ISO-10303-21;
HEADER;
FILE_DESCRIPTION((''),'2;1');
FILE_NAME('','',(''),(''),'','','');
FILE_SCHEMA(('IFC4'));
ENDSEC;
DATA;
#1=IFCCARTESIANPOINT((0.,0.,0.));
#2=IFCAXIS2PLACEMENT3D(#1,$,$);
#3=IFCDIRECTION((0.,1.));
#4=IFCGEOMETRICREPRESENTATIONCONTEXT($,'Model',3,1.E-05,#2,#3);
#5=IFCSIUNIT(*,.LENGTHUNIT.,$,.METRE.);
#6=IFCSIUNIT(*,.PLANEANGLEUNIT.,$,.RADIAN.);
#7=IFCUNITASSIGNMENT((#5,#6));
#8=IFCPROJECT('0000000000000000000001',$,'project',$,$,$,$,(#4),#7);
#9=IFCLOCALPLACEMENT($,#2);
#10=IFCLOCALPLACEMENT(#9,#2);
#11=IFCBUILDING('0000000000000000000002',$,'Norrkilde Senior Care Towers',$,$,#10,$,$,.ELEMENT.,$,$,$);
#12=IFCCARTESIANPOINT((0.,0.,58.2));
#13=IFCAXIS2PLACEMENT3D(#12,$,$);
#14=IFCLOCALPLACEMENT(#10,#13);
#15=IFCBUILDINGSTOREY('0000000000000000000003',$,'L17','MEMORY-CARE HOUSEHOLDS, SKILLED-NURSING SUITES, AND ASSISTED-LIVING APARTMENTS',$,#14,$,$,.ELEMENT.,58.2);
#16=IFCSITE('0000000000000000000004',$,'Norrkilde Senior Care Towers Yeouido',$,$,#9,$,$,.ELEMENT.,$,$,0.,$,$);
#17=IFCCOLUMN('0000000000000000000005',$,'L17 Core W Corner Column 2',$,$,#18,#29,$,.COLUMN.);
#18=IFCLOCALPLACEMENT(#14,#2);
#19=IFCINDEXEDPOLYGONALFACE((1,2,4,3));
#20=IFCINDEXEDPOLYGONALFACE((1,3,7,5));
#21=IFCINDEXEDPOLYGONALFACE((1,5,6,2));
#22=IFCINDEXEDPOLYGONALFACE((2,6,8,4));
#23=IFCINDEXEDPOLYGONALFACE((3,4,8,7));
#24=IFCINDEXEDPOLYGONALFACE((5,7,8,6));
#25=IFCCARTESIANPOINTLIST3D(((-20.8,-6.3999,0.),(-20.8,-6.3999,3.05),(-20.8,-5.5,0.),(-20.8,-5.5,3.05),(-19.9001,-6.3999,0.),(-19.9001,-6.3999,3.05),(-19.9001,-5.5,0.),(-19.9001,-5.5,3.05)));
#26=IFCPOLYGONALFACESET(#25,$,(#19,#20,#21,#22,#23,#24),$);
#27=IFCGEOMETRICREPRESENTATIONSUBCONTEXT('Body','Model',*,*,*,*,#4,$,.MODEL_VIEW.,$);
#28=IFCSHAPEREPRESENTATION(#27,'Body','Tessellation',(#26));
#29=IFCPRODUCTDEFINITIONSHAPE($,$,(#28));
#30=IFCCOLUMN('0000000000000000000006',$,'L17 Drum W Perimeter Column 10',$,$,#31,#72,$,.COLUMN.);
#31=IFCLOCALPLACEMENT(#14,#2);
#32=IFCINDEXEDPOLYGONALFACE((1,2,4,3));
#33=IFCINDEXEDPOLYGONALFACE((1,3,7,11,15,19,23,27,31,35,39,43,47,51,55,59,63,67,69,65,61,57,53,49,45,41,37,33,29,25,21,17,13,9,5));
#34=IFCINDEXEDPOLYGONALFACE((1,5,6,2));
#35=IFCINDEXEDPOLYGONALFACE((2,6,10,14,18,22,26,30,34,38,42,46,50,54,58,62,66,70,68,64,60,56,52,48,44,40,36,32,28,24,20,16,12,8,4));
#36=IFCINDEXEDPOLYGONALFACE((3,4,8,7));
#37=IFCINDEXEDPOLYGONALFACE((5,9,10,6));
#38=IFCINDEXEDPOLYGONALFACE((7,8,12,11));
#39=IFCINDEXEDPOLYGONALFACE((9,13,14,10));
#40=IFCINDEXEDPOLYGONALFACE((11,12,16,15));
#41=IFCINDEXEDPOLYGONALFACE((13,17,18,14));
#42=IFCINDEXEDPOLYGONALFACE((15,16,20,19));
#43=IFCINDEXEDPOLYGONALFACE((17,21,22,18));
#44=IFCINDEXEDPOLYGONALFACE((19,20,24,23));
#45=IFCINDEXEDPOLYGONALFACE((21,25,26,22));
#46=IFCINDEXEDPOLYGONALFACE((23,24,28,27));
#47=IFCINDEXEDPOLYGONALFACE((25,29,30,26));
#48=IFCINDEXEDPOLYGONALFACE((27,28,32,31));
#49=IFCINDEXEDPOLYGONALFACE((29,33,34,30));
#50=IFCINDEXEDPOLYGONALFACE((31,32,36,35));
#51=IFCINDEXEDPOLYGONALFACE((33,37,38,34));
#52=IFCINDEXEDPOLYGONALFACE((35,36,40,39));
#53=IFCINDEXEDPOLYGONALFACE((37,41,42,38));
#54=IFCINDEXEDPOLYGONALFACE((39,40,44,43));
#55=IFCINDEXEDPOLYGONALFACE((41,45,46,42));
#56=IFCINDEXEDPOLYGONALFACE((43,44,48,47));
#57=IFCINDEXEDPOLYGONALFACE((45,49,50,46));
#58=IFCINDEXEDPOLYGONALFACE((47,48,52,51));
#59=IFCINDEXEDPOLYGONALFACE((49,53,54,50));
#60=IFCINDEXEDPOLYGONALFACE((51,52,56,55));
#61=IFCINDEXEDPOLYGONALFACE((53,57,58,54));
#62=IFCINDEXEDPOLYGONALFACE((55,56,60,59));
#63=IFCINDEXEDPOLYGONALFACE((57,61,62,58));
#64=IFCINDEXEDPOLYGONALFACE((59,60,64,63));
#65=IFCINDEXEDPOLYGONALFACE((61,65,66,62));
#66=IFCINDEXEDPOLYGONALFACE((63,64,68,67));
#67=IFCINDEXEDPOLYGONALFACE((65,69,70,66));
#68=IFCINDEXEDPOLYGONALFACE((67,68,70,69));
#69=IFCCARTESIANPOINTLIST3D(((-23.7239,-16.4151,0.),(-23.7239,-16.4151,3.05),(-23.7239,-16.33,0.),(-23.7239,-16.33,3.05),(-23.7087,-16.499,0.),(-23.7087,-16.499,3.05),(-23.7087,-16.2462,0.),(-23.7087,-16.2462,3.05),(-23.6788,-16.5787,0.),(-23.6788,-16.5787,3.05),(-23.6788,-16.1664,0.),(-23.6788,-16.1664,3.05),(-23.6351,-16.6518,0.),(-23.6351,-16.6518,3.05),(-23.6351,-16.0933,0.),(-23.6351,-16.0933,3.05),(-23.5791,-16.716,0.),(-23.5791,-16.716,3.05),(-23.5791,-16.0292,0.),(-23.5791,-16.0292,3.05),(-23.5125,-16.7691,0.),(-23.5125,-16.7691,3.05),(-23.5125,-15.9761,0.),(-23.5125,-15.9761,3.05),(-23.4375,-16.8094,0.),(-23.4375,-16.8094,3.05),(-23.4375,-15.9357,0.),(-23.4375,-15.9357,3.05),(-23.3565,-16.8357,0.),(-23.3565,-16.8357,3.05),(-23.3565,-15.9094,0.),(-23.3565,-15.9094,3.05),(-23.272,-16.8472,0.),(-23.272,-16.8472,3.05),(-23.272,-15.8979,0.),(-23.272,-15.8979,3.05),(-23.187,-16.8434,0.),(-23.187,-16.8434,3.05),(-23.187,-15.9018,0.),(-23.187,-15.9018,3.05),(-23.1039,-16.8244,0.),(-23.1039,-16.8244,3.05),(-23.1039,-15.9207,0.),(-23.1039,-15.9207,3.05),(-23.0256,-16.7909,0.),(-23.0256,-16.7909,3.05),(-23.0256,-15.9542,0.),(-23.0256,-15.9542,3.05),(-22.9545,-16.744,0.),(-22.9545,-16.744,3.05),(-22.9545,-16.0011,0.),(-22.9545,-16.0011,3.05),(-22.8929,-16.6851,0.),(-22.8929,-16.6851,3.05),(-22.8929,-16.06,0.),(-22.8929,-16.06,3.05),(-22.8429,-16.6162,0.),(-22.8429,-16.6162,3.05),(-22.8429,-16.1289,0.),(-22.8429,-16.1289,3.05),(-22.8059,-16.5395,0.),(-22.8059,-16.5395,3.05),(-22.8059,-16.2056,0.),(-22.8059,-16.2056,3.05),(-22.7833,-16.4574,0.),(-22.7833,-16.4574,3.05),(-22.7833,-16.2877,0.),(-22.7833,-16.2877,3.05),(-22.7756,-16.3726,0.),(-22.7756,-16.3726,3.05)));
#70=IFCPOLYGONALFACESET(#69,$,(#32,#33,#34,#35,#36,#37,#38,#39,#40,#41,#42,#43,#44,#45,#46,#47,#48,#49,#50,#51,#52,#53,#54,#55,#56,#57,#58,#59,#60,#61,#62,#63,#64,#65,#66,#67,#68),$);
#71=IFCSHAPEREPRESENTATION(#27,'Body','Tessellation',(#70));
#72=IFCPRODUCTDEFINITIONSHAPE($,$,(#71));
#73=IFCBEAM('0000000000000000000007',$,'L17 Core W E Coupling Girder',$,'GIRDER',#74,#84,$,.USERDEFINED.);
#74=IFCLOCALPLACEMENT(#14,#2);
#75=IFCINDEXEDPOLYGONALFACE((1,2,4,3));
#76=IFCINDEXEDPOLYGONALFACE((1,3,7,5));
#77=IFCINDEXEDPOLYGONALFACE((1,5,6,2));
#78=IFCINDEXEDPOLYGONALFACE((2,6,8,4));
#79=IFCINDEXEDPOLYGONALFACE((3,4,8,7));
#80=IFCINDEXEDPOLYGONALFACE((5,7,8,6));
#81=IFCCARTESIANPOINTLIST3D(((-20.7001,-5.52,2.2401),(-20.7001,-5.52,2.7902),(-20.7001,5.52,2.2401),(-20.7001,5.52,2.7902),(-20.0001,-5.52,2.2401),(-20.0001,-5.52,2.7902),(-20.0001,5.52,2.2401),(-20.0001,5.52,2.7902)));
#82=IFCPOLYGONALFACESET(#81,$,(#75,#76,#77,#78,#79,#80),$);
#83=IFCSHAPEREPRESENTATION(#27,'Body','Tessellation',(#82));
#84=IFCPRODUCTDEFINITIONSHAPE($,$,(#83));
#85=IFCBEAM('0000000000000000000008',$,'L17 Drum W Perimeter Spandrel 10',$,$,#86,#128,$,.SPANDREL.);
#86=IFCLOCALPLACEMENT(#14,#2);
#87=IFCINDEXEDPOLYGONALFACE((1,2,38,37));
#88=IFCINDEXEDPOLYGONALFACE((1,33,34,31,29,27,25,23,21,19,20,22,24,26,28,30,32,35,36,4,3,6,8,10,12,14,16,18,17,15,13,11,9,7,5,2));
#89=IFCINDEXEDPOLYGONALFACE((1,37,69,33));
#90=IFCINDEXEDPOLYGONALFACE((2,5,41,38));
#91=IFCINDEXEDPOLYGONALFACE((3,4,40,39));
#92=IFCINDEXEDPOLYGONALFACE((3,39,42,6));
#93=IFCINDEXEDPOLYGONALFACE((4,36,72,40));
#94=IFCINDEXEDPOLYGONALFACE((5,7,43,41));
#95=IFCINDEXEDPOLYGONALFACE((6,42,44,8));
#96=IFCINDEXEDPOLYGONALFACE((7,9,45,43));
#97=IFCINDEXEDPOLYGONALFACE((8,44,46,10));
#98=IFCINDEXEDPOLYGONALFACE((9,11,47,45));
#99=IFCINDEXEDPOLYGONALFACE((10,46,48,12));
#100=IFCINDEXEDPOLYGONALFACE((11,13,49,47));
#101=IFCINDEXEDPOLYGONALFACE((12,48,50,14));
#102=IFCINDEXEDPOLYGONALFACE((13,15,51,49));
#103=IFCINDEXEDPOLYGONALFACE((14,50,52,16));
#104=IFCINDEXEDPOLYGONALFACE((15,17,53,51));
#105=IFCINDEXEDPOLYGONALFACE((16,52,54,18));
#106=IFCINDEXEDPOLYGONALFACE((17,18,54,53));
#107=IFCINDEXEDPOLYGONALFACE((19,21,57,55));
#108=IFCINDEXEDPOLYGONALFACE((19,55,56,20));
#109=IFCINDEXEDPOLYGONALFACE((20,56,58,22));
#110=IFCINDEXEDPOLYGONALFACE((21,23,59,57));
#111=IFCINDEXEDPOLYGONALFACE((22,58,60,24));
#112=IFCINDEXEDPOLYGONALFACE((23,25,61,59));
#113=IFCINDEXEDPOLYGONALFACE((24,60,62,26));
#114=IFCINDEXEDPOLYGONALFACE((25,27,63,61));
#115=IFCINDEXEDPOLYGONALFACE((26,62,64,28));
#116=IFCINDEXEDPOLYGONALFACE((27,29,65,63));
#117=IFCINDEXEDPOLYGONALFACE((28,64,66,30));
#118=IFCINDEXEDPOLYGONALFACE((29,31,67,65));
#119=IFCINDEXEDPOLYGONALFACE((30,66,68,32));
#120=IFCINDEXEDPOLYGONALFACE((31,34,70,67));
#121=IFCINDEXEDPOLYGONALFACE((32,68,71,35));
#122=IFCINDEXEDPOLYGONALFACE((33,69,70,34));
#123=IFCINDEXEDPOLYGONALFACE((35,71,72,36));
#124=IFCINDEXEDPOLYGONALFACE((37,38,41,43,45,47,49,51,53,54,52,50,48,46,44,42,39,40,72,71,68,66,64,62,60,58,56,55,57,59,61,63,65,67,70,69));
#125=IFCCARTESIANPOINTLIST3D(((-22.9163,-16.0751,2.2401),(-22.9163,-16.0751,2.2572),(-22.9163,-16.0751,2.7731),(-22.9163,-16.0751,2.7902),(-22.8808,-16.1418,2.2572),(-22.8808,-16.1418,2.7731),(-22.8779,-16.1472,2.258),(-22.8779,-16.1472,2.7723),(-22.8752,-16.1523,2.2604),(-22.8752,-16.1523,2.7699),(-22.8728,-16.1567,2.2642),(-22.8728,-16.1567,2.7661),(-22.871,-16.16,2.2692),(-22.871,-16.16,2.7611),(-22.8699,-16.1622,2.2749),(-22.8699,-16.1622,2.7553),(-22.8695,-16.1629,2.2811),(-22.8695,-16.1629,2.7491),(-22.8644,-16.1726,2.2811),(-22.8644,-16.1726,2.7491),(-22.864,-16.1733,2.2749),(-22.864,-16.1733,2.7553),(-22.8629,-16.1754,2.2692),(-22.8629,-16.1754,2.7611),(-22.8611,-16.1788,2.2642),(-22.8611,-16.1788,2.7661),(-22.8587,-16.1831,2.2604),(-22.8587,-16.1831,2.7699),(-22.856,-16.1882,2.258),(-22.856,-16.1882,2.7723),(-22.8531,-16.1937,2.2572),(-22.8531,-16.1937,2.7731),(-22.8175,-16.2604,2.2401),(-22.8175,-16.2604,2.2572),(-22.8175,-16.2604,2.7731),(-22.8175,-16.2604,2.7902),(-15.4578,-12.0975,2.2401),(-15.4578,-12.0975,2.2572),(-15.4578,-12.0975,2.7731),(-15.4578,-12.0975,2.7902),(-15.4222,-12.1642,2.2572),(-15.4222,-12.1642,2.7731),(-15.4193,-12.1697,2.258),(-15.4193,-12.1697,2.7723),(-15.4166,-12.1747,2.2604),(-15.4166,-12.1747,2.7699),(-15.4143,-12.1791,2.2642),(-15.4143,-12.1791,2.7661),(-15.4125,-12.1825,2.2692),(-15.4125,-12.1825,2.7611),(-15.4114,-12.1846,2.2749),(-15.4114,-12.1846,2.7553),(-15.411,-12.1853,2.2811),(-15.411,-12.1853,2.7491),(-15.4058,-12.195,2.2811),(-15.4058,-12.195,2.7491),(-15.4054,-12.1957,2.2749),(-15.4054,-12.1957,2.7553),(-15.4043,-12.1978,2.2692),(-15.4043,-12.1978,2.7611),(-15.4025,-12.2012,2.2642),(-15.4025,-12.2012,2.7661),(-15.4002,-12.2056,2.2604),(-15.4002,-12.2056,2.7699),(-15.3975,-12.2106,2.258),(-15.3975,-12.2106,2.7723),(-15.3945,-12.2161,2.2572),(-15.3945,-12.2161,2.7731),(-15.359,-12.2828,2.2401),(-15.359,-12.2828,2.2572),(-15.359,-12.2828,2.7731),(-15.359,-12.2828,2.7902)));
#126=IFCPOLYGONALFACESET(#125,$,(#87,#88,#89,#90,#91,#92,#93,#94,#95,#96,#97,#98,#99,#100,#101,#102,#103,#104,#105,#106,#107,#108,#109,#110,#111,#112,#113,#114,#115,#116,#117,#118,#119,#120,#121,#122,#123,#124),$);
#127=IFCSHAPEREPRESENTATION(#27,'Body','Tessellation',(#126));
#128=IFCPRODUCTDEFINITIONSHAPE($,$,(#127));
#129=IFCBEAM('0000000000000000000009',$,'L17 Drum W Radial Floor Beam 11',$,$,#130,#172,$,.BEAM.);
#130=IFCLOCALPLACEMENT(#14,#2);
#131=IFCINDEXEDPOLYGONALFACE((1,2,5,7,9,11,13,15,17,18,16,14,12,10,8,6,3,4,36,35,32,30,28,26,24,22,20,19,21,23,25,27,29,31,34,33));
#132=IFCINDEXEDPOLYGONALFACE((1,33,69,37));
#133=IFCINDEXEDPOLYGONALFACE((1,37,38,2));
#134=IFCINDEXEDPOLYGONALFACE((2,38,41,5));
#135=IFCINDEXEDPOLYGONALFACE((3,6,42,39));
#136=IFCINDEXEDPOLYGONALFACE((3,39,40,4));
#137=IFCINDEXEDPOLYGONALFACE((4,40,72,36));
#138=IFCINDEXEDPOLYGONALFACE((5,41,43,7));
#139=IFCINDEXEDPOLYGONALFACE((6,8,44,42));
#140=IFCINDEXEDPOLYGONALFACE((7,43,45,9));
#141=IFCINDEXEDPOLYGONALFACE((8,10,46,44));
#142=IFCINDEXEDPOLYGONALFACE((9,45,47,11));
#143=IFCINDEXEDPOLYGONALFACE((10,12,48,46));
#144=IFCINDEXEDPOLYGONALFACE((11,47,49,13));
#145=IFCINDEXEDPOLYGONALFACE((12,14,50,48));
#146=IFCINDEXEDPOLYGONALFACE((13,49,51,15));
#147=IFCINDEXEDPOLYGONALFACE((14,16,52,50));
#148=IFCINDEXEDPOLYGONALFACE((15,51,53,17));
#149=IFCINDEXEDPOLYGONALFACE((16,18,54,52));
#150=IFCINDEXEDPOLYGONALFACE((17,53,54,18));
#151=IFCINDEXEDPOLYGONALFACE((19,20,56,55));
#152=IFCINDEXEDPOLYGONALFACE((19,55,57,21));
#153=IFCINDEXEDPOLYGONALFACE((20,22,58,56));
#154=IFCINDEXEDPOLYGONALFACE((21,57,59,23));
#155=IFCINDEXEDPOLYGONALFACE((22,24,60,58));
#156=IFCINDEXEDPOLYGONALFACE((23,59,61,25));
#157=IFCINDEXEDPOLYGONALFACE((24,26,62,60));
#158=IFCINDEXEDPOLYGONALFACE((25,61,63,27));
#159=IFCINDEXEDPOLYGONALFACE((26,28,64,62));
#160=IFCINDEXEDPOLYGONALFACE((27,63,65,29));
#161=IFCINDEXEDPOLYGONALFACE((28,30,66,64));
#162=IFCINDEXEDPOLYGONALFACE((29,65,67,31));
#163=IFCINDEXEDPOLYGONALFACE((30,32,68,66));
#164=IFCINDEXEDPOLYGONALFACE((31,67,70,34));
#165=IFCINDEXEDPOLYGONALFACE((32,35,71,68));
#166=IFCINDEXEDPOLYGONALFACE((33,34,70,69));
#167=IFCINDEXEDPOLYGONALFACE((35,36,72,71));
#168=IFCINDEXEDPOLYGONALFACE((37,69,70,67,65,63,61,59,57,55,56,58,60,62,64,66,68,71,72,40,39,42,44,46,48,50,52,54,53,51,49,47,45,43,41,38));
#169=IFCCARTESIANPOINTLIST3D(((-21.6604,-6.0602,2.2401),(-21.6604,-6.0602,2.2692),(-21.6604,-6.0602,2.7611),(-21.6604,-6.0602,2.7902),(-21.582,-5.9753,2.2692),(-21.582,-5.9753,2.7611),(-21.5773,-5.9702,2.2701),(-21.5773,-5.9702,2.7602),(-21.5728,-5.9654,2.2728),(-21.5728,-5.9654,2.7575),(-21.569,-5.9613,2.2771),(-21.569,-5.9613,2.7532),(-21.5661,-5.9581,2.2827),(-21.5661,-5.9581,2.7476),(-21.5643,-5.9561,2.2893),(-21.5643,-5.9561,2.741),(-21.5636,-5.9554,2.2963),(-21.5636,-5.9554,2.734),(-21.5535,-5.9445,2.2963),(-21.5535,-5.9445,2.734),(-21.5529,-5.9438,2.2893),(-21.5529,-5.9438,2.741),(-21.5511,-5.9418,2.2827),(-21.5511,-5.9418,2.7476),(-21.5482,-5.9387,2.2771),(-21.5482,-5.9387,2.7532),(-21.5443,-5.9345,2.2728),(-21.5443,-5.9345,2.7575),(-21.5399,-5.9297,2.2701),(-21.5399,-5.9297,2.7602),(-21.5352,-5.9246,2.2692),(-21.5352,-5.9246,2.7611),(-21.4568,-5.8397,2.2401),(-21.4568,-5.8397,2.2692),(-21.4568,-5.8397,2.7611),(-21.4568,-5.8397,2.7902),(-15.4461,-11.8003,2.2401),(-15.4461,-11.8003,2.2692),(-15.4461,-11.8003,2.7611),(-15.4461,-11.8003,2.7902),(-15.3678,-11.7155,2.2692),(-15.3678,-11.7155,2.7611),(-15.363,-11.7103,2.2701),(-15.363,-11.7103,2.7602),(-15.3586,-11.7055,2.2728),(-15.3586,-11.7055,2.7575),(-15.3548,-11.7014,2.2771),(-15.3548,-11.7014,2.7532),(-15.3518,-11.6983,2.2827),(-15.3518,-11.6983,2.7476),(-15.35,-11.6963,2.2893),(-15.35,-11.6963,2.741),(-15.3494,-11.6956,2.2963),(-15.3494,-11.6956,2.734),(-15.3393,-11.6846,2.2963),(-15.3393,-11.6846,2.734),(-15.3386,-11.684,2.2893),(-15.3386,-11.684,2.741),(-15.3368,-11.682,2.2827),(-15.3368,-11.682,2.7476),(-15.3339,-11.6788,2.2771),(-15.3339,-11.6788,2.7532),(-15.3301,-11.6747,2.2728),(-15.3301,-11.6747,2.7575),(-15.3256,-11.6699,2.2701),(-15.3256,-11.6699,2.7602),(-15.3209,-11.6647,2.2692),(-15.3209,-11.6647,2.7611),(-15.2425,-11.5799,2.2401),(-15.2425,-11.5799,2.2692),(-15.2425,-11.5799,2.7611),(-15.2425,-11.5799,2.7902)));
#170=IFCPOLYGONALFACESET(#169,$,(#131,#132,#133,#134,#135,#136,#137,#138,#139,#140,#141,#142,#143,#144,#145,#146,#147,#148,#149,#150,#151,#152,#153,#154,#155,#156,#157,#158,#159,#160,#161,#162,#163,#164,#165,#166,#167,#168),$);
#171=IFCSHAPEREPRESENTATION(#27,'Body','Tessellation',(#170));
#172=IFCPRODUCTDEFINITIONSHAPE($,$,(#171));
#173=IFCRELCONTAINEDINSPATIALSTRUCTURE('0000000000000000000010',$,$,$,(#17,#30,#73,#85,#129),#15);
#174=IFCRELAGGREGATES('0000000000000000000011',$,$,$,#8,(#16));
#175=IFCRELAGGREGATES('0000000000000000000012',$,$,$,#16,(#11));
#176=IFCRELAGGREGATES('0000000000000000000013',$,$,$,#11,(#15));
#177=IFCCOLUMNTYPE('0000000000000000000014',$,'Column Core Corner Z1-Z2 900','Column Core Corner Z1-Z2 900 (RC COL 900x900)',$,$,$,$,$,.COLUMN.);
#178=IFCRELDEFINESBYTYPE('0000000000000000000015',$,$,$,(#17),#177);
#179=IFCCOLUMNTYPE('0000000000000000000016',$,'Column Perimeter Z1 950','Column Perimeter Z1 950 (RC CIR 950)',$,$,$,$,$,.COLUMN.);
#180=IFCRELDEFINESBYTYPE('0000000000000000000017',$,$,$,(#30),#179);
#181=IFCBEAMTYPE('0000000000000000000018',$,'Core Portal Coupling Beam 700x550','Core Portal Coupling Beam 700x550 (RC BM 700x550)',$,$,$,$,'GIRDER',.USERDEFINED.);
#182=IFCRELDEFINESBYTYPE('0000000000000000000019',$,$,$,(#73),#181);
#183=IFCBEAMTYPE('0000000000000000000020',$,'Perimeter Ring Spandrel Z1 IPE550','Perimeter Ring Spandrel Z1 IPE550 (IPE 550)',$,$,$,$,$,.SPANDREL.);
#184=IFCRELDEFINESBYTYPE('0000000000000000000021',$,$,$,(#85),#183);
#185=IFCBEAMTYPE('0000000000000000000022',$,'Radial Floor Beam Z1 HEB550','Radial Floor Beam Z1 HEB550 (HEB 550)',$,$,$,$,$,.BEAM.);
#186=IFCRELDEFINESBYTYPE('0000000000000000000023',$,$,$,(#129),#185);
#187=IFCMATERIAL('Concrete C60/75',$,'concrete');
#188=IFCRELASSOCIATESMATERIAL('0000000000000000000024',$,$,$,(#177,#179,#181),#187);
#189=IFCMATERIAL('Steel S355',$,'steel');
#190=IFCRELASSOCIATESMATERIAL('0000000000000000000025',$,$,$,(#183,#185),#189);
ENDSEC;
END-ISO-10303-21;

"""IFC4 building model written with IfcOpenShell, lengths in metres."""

from ifc_helpers import new_model, si_unit, direction, frame, origin, origin_2d, place, context, subcontext, project, spatial, rectangle, circle, i_section, extrude, source, transform, mapped, material, material_profile, profile_set, type_object, type_shapes, element, save


model = new_model("IFC4")

# Units and contexts
model_context = context("Model", 3, precision=1e-05, world=origin(), true_north=direction((0.0, 1.0)))
body_context = subcontext(model_context, "Body", "Model", "MODEL_VIEW")
ifc_project = project(units=[si_unit("LENGTHUNIT", "METRE"), si_unit("PLANEANGLEUNIT", "RADIAN")], contexts=[model_context])

# Site, building, storey
site_placement = place(None, origin())
site = spatial("IfcSite", under=ifc_project, at=site_placement, Name="Norrkilde Senior Care Towers Yeouido", CompositionType="ELEMENT", RefElevation=0.0)
building_placement = place(site_placement, origin())
building = spatial("IfcBuilding", under=site, at=building_placement, Name="Norrkilde Senior Care Towers", CompositionType="ELEMENT")
storey_placement = place(building_placement, frame((0.0, 0.0, 58.2)))
storey = spatial("IfcBuildingStorey", under=building, at=storey_placement, Name="L17", Description="MEMORY-CARE HOUSEHOLDS, SKILLED-NURSING SUITES, AND ASSISTED-LIVING APARTMENTS", CompositionType="ELEMENT", Elevation=58.2)

# Columns
ifc_material_1 = material(Name="Concrete C60/75", Category="concrete")
ifc_material_profile_1 = material_profile(ifc_material_1, rectangle(XDim=0.8999, YDim=0.8999, at=origin_2d()), Name="RC COL 900x900")
ifc_profile_set_1 = profile_set([ifc_material_profile_1], Name="Concrete C60/75")
column_type_1 = type_object("IfcColumnType", Name="Column Core Corner Z1-Z2 900", Description="Column Core Corner Z1-Z2 900 (RC COL 900x900)", PredefinedType="COLUMN", material=ifc_profile_set_1)
shared_shape_1 = source(origin(), body_context, "Body", "SweptSolid", [
    extrude(rectangle(XDim=0.8999, YDim=0.8999, at=origin_2d()), origin(), (0.0, 0.0, 1.0), 3.05),
])
type_shapes(column_type_1, [shared_shape_1])
column_1_placement = place(storey_placement, frame((-20.3501, -5.95, 0.0), z_axis=(0.0, 0.0, 1.0), x_axis=(1.0, 0.0, 0.0)))
element("IfcColumn", 1, at=column_1_placement, inside=storey, type_object=column_type_1, Name="L17 Core W Corner Column 2", PredefinedType="COLUMN", context=body_context, shape_type="MappedRepresentation", body=[
    mapped(shared_shape_1, transform((0.0, 0.0, 0.0), x_axis=(1.0, 0.0, 0.0), y_axis=(0.0, 1.0, 0.0), z_axis=(0.0, 0.0, 1.0), scale=1.0)),
])
ifc_material_profile_2 = material_profile(ifc_material_1, circle(Radius=0.4751, at=origin_2d()), Name="RC CIR 950")
ifc_profile_set_2 = profile_set([ifc_material_profile_2], Name="Concrete C60/75")
column_type_2 = type_object("IfcColumnType", Name="Column Perimeter Z1 950", Description="Column Perimeter Z1 950 (RC CIR 950)", PredefinedType="COLUMN", material=ifc_profile_set_2)
shared_shape_2 = source(origin(), body_context, "Body", "SweptSolid", [
    extrude(circle(Radius=0.4751, at=origin_2d()), origin(), (0.0, 0.0, 1.0), 3.05),
])
type_shapes(column_type_2, [shared_shape_2])
column_2_placement = place(storey_placement, frame((-23.2507, -16.3726, 0.0), z_axis=(0.0, 0.0, 1.0), x_axis=(1.0, 0.0, 0.0)))
element("IfcColumn", 2, at=column_2_placement, inside=storey, type_object=column_type_2, Name="L17 Drum W Perimeter Column 10", PredefinedType="COLUMN", context=body_context, shape_type="MappedRepresentation", body=[
    mapped(shared_shape_2, transform((0.0, 0.0, 0.0), x_axis=(1.0, 0.0, 0.0), y_axis=(0.0, 1.0, 0.0), z_axis=(0.0, 0.0, 1.0), scale=1.0)),
])

# Beams
ifc_material_profile_3 = material_profile(ifc_material_1, rectangle(XDim=0.7, YDim=0.55, at=origin_2d()), Name="RC BM 700x550")
ifc_profile_set_3 = profile_set([ifc_material_profile_3], Name="Concrete C60/75")
beam_type_1 = type_object("IfcBeamType", Name="Core Portal Coupling Beam 700x550", Description="Core Portal Coupling Beam 700x550 (RC BM 700x550)", ElementType="GIRDER", PredefinedType="USERDEFINED", material=ifc_profile_set_3)
shared_shape_3 = source(origin(), body_context, "Body", "SweptSolid", [
    extrude(rectangle(XDim=0.7, YDim=0.55, at=origin_2d()), origin(), (0.0, 0.0, 1.0), 11.04),
])
type_shapes(beam_type_1, [shared_shape_3])
beam_1_placement = place(storey_placement, frame((-20.3501, -5.52, 2.5151), z_axis=(0.0, 1.0, 0.0), x_axis=(-1.0, 0.0, 0.0)))
element("IfcBeam", 3, at=beam_1_placement, inside=storey, type_object=beam_type_1, Name="L17 Core W E Coupling Girder", ObjectType="GIRDER", PredefinedType="USERDEFINED", context=body_context, shape_type="MappedRepresentation", body=[
    mapped(shared_shape_3, transform((0.0, 0.0, 0.0), x_axis=(1.0, 0.0, 0.0), y_axis=(0.0, 1.0, 0.0), z_axis=(0.0, 0.0, 1.0), scale=1.0)),
])
ifc_material_2 = material(Name="Steel S355", Category="steel")
ifc_material_profile_4 = material_profile(ifc_material_2, i_section(OverallWidth=0.21, OverallDepth=0.55, WebThickness=0.011, FlangeThickness=0.0171, FilletRadius=0.0239, at=origin_2d()), Name="IPE 550")
ifc_profile_set_4 = profile_set([ifc_material_profile_4], Name="Steel S355")
beam_type_2 = type_object("IfcBeamType", Name="Perimeter Ring Spandrel Z1 IPE550", Description="Perimeter Ring Spandrel Z1 IPE550 (IPE 550)", PredefinedType="SPANDREL", material=ifc_profile_set_4)
shared_shape_4 = source(origin(), body_context, "Body", "SweptSolid", [
    extrude(i_section(OverallWidth=0.21, OverallDepth=0.55, WebThickness=0.011, FlangeThickness=0.0171, FilletRadius=0.0239, at=origin_2d()), origin(), (0.0, 0.0, 1.0), 8.4529),
])
type_shapes(beam_type_2, [shared_shape_4])
beam_2_placement = place(storey_placement, frame((-22.8669, -16.1677, 2.5151), z_axis=(0.882369, 0.470558, 0.0), x_axis=(-0.470558, 0.882369, 0.0)))
element("IfcBeam", 4, at=beam_2_placement, inside=storey, type_object=beam_type_2, Name="L17 Drum W Perimeter Spandrel 10", PredefinedType="SPANDREL", context=body_context, shape_type="MappedRepresentation", body=[
    mapped(shared_shape_4, transform((0.0, 0.0, 0.0), x_axis=(1.0, 0.0, 0.0), y_axis=(0.0, 1.0, 0.0), z_axis=(0.0, 0.0, 1.0), scale=1.0)),
])
ifc_material_profile_5 = material_profile(ifc_material_2, i_section(OverallWidth=0.3, OverallDepth=0.55, WebThickness=0.0149, FlangeThickness=0.0291, FilletRadius=0.0271, at=origin_2d()), Name="HEB 550")
ifc_profile_set_5 = profile_set([ifc_material_profile_5], Name="Steel S355")
beam_type_3 = type_object("IfcBeamType", Name="Radial Floor Beam Z1 HEB550", Description="Radial Floor Beam Z1 HEB550 (HEB 550)", PredefinedType="BEAM", material=ifc_profile_set_5)
shared_shape_5 = source(origin(), body_context, "Body", "SweptSolid", [
    extrude(i_section(OverallWidth=0.3, OverallDepth=0.55, WebThickness=0.0149, FlangeThickness=0.0291, FilletRadius=0.0271, at=origin_2d()), origin(), (0.0, 0.0, 1.0), 8.4597),
])
beam_3_placement = place(storey_placement, frame((-21.5586, -5.95, 2.5151), z_axis=(0.734573, -0.678529, 0.0), x_axis=(0.678529, 0.734573, 0.0)))
element("IfcBeam", 5, at=beam_3_placement, inside=storey, type_object=beam_type_3, Name="L17 Drum W Radial Floor Beam 11", PredefinedType="BEAM", context=body_context, shape_type="MappedRepresentation", body=[
    mapped(shared_shape_5, transform((0.0, 0.0, 0.0), x_axis=(1.0, 0.0, 0.0), y_axis=(0.0, 1.0, 0.0), z_axis=(0.0, 0.0, 1.0), scale=1.0)),
])

save(model, "model.ifc")
